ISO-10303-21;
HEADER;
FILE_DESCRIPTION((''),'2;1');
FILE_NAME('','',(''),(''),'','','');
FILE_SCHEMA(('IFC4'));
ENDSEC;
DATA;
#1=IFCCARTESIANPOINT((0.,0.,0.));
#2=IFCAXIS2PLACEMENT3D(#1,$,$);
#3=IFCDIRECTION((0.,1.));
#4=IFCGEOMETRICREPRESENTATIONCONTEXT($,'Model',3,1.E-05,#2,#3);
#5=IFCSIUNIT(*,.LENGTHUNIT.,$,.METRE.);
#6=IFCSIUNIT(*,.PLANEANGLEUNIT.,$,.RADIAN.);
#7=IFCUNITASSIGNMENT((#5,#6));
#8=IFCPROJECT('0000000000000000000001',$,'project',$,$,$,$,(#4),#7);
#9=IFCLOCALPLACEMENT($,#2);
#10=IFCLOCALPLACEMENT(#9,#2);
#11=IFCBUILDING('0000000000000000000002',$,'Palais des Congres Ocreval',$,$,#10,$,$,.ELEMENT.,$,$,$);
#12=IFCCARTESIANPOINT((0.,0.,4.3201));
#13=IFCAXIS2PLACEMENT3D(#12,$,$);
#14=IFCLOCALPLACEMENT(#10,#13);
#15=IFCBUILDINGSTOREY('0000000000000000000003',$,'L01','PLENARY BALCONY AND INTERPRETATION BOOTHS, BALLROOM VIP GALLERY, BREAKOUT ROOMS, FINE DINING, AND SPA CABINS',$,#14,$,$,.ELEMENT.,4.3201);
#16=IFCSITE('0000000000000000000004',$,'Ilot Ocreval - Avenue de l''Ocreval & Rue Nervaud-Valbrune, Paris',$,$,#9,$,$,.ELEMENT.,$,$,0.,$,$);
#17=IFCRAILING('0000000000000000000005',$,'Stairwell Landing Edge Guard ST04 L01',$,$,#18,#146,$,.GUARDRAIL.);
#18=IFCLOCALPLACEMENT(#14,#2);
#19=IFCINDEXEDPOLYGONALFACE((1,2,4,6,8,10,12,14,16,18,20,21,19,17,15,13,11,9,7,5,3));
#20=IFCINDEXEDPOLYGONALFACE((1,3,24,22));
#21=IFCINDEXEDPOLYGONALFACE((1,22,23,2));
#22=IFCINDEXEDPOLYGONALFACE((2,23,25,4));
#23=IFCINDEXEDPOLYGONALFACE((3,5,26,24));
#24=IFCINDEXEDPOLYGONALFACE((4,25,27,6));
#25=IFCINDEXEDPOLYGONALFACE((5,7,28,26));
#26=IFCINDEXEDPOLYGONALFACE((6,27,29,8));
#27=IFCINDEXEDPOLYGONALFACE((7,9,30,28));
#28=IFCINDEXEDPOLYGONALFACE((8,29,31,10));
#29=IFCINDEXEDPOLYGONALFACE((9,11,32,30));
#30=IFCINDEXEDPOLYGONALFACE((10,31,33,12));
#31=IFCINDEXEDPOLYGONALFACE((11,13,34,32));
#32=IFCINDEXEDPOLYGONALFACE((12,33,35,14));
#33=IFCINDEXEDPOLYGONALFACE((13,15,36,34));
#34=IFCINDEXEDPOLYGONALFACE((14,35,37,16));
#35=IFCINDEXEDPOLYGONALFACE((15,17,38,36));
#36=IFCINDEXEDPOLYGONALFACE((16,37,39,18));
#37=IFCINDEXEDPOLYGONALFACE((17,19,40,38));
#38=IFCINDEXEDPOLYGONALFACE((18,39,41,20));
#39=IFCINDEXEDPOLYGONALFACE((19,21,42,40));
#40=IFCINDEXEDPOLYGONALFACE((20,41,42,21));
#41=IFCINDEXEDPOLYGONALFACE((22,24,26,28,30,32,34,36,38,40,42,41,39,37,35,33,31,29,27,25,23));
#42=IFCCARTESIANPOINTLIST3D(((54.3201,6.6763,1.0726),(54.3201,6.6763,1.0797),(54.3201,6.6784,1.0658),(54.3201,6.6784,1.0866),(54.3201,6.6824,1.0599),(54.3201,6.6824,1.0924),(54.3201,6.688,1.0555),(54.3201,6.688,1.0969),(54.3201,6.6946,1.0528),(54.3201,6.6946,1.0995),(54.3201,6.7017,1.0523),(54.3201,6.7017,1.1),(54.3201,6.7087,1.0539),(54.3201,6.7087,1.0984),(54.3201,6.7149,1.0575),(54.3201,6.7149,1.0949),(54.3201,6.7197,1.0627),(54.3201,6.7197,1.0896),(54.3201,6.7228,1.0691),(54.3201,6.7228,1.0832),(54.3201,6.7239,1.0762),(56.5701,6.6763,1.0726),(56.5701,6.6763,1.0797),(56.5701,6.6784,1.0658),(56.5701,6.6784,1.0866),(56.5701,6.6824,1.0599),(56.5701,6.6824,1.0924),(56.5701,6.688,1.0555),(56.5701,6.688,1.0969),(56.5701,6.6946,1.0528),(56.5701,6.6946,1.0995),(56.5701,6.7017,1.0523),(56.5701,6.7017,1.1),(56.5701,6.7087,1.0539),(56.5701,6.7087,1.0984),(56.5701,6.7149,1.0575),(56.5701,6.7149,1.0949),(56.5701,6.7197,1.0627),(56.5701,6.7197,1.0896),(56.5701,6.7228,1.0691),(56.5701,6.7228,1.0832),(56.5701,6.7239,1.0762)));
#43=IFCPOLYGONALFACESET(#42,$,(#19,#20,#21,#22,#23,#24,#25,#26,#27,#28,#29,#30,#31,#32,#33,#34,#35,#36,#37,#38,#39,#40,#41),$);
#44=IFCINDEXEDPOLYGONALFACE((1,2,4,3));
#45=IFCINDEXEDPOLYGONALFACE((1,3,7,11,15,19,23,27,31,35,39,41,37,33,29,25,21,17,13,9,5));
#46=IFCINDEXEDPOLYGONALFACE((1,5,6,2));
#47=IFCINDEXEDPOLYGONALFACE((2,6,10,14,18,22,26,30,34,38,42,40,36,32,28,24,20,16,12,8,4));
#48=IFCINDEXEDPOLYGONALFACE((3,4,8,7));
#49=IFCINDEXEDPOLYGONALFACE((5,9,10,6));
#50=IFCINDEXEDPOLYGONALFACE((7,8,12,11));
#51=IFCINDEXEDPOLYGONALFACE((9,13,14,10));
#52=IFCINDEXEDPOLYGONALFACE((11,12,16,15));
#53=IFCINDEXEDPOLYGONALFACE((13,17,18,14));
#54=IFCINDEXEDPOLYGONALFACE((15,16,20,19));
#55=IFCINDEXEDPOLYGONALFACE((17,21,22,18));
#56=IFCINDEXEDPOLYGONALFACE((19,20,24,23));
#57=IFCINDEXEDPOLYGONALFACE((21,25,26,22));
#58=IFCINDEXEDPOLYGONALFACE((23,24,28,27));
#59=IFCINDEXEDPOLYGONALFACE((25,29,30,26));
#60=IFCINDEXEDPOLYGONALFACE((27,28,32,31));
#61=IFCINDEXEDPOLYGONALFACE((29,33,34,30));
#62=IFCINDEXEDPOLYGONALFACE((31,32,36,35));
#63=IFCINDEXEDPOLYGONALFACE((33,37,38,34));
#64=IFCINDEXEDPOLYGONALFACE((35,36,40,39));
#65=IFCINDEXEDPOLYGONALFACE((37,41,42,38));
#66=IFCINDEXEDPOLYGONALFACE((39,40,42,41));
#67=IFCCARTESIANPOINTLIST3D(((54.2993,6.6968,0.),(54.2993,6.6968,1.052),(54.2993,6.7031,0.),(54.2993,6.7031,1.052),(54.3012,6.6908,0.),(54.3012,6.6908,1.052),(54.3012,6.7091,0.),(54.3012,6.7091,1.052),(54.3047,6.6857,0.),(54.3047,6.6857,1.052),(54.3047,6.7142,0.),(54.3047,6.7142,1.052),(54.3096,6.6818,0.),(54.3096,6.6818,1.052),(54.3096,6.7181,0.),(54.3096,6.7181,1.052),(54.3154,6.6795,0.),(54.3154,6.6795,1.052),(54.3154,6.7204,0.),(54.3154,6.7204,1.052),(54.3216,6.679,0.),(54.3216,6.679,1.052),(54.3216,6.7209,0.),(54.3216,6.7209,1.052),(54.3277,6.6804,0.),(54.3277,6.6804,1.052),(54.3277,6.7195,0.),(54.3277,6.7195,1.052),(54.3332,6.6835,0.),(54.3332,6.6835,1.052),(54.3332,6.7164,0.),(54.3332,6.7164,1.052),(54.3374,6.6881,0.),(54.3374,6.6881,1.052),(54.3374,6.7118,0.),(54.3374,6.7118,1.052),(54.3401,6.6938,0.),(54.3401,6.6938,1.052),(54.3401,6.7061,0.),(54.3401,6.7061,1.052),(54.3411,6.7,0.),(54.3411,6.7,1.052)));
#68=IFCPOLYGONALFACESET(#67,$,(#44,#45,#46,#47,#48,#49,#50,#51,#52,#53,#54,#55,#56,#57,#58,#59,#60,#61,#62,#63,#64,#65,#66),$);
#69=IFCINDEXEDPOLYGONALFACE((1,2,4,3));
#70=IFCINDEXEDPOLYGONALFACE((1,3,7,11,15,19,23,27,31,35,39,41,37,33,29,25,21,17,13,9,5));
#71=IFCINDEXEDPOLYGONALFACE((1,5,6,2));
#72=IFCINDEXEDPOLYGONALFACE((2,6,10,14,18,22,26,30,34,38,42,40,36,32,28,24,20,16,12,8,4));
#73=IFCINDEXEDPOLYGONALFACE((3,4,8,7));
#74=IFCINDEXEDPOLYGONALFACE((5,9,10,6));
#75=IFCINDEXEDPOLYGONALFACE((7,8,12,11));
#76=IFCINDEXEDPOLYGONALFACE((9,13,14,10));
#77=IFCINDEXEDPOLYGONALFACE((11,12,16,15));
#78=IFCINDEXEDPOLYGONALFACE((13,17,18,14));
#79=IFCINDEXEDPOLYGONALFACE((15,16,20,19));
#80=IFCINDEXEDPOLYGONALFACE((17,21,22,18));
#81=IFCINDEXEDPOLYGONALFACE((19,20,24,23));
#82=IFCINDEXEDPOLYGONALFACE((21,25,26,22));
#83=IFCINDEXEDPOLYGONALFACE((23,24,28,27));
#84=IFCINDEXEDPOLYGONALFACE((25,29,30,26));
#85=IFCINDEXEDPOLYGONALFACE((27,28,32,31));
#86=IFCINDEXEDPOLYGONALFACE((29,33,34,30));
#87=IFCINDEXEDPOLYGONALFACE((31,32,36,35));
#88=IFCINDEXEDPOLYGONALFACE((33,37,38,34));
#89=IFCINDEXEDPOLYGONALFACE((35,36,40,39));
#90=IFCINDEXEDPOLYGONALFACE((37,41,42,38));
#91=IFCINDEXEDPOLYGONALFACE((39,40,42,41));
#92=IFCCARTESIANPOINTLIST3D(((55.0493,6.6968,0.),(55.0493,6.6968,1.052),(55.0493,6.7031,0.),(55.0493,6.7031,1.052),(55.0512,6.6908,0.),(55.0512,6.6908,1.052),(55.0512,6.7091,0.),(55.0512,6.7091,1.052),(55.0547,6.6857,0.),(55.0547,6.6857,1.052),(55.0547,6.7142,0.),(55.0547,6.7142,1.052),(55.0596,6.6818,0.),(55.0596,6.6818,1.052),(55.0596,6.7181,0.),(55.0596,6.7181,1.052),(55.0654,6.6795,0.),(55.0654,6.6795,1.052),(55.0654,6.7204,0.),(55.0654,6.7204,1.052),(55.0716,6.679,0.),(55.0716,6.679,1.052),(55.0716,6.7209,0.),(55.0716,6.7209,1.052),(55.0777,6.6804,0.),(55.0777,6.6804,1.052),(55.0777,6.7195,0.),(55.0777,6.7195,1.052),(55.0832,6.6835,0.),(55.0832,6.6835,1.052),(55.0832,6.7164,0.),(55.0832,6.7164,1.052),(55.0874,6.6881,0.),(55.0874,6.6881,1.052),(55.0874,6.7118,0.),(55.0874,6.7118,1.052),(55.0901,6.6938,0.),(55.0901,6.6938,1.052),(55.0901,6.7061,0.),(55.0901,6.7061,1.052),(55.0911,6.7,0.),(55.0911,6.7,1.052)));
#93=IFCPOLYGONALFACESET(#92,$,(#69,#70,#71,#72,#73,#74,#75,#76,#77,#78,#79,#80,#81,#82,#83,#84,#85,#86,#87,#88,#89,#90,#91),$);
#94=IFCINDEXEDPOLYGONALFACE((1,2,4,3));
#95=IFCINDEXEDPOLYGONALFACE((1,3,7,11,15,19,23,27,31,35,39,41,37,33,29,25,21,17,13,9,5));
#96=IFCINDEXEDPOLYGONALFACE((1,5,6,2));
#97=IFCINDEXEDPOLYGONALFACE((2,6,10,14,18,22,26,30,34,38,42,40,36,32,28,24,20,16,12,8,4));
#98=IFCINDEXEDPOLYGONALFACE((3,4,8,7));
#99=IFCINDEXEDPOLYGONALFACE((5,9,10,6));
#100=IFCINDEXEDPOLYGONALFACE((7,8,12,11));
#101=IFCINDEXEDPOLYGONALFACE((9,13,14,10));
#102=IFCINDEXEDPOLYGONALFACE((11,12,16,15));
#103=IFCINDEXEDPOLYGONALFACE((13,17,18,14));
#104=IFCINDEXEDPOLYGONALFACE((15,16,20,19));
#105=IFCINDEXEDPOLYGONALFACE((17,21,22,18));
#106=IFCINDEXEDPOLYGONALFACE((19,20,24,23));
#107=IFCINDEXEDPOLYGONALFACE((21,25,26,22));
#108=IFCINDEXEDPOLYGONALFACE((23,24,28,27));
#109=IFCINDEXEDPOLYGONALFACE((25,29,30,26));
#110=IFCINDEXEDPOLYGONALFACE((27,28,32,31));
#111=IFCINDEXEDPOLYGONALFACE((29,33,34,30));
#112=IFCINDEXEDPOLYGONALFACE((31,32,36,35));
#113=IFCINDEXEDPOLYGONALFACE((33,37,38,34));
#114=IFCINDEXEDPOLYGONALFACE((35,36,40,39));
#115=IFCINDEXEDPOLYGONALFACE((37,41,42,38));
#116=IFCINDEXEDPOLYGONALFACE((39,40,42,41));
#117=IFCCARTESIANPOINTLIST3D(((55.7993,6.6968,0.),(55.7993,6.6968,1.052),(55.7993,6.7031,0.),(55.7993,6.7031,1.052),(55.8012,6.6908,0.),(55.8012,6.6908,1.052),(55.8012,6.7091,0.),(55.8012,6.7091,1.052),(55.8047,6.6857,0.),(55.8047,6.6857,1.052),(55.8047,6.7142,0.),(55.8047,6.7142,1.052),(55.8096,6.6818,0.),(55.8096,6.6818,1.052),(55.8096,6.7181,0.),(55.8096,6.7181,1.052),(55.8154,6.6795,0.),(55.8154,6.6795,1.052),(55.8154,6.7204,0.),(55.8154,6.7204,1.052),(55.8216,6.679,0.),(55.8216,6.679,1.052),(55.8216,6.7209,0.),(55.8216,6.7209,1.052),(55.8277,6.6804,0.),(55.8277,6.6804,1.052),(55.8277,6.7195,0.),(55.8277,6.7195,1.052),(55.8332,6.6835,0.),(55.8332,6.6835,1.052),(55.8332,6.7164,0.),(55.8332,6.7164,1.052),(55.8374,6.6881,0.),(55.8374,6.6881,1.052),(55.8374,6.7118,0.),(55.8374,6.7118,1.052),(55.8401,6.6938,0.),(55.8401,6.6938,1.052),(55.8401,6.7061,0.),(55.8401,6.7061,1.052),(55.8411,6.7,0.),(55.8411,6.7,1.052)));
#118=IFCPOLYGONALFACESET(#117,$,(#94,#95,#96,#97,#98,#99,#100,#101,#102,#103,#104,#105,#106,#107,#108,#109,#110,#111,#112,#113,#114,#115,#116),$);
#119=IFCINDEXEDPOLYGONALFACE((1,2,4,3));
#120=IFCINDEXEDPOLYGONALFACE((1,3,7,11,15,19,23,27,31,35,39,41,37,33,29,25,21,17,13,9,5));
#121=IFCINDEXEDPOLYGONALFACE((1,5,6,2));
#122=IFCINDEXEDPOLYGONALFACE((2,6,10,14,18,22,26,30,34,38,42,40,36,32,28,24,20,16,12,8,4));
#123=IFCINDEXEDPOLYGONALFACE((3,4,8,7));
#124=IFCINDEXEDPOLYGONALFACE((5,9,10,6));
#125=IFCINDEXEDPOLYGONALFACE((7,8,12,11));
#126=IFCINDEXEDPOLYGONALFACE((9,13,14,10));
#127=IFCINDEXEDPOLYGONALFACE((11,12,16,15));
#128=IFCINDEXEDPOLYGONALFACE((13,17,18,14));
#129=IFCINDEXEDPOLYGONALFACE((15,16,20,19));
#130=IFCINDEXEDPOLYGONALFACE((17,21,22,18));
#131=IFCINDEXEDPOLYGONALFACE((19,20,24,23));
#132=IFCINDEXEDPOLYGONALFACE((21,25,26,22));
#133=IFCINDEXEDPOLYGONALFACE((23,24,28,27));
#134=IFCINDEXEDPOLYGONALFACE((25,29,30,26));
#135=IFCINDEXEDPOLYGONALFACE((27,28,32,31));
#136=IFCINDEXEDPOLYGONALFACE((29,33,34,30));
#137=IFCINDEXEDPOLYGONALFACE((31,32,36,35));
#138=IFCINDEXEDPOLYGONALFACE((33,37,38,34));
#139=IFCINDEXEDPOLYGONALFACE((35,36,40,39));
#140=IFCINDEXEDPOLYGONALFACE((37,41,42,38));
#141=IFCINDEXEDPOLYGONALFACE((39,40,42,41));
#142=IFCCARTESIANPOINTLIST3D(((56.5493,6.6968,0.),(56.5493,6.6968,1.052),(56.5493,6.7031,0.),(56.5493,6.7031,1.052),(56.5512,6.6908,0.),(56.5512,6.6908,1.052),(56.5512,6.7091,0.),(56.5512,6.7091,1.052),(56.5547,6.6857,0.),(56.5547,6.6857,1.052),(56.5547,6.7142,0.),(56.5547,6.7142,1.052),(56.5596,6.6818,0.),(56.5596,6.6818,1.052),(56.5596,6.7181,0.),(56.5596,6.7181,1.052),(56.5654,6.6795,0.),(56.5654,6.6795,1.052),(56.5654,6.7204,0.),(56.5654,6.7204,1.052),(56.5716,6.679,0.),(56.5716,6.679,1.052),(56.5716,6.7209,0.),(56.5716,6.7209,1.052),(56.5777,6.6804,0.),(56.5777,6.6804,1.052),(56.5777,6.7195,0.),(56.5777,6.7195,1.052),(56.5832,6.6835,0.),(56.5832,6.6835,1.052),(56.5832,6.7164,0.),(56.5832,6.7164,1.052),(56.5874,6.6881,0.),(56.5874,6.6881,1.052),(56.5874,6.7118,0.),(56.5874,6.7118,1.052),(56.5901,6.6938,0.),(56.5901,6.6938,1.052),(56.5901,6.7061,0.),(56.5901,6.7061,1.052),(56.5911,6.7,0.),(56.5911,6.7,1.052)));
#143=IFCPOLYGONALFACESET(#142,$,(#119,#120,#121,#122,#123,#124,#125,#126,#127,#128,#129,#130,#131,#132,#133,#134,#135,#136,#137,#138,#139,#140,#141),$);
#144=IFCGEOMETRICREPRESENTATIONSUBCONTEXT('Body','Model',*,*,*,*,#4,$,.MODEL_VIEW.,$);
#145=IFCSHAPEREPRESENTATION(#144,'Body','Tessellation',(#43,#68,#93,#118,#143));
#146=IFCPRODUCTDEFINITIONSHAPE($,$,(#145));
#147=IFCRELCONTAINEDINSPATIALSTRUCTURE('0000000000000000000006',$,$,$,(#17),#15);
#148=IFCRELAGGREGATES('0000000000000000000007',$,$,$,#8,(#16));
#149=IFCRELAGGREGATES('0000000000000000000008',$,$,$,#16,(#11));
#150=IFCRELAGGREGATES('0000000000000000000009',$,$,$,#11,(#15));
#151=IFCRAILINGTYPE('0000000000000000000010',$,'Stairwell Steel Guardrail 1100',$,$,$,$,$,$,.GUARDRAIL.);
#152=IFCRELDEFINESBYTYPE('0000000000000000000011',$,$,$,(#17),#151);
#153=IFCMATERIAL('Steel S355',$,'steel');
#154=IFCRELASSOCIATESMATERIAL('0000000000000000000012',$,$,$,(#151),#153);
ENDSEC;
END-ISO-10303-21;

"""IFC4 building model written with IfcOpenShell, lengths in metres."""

from ifc_helpers import new_model, si_unit, direction, frame, origin, origin_2d, place, context, subcontext, project, spatial, circle, extrude, material, type_object, element, save


model = new_model("IFC4")

# Units and contexts
model_context = context("Model", 3, precision=1e-05, world=origin(), true_north=direction((0.0, 1.0)))
body_context = subcontext(model_context, "Body", "Model", "MODEL_VIEW")
ifc_project = project(units=[si_unit("LENGTHUNIT", "METRE"), si_unit("PLANEANGLEUNIT", "RADIAN")], contexts=[model_context])

# Site, building, storey
site_placement = place(None, origin())
site = spatial("IfcSite", under=ifc_project, at=site_placement, Name="Ilot Ocreval - Avenue de l'Ocreval & Rue Nervaud-Valbrune, Paris", CompositionType="ELEMENT", RefElevation=0.0)
building_placement = place(site_placement, origin())
building = spatial("IfcBuilding", under=site, at=building_placement, Name="Palais des Congres Ocreval", CompositionType="ELEMENT")
storey_placement = place(building_placement, frame((0.0, 0.0, 4.3201)))
storey = spatial("IfcBuildingStorey", under=building, at=storey_placement, Name="L01", Description="PLENARY BALCONY AND INTERPRETATION BOOTHS, BALLROOM VIP GALLERY, BREAKOUT ROOMS, FINE DINING, AND SPA CABINS", CompositionType="ELEMENT", Elevation=4.3201)

# Shared definitions
ifc_material_1 = material(Name="Steel S355", Category="steel")

# Railing
railing_type_1 = type_object("IfcRailingType", Name="Stairwell Steel Guardrail 1100", PredefinedType="GUARDRAIL", material=ifc_material_1)
railing_1_placement = place(storey_placement, frame((54.3201, 6.7, 0.0)))
element("IfcRailing", 1, at=railing_1_placement, inside=storey, type_object=railing_type_1, Name="Stairwell Landing Edge Guard ST04 L01", PredefinedType="GUARDRAIL", context=body_context, shape_type="SweptSolid", body=[
    extrude(circle(Radius=0.0239, at=origin_2d()), frame((0.0, 0.0, 1.0762), z_axis=(1.0, 0.0, 0.0), x_axis=(0.0, 1.0, 0.0)), (0.0, 0.0, 1.0), 2.25),
    extrude(circle(Radius=0.021, at=origin_2d()), origin(), (0.0, 0.0, 1.0), 1.052),
    extrude(circle(Radius=0.021, at=origin_2d()), frame((0.75, 0.0, 0.0)), (0.0, 0.0, 1.0), 1.052),
    extrude(circle(Radius=0.021, at=origin_2d()), frame((1.5, 0.0, 0.0)), (0.0, 0.0, 1.0), 1.052),
    extrude(circle(Radius=0.021, at=origin_2d()), frame((2.25, 0.0, 0.0)), (0.0, 0.0, 1.0), 1.052),
])

save(model, "model.ifc")
